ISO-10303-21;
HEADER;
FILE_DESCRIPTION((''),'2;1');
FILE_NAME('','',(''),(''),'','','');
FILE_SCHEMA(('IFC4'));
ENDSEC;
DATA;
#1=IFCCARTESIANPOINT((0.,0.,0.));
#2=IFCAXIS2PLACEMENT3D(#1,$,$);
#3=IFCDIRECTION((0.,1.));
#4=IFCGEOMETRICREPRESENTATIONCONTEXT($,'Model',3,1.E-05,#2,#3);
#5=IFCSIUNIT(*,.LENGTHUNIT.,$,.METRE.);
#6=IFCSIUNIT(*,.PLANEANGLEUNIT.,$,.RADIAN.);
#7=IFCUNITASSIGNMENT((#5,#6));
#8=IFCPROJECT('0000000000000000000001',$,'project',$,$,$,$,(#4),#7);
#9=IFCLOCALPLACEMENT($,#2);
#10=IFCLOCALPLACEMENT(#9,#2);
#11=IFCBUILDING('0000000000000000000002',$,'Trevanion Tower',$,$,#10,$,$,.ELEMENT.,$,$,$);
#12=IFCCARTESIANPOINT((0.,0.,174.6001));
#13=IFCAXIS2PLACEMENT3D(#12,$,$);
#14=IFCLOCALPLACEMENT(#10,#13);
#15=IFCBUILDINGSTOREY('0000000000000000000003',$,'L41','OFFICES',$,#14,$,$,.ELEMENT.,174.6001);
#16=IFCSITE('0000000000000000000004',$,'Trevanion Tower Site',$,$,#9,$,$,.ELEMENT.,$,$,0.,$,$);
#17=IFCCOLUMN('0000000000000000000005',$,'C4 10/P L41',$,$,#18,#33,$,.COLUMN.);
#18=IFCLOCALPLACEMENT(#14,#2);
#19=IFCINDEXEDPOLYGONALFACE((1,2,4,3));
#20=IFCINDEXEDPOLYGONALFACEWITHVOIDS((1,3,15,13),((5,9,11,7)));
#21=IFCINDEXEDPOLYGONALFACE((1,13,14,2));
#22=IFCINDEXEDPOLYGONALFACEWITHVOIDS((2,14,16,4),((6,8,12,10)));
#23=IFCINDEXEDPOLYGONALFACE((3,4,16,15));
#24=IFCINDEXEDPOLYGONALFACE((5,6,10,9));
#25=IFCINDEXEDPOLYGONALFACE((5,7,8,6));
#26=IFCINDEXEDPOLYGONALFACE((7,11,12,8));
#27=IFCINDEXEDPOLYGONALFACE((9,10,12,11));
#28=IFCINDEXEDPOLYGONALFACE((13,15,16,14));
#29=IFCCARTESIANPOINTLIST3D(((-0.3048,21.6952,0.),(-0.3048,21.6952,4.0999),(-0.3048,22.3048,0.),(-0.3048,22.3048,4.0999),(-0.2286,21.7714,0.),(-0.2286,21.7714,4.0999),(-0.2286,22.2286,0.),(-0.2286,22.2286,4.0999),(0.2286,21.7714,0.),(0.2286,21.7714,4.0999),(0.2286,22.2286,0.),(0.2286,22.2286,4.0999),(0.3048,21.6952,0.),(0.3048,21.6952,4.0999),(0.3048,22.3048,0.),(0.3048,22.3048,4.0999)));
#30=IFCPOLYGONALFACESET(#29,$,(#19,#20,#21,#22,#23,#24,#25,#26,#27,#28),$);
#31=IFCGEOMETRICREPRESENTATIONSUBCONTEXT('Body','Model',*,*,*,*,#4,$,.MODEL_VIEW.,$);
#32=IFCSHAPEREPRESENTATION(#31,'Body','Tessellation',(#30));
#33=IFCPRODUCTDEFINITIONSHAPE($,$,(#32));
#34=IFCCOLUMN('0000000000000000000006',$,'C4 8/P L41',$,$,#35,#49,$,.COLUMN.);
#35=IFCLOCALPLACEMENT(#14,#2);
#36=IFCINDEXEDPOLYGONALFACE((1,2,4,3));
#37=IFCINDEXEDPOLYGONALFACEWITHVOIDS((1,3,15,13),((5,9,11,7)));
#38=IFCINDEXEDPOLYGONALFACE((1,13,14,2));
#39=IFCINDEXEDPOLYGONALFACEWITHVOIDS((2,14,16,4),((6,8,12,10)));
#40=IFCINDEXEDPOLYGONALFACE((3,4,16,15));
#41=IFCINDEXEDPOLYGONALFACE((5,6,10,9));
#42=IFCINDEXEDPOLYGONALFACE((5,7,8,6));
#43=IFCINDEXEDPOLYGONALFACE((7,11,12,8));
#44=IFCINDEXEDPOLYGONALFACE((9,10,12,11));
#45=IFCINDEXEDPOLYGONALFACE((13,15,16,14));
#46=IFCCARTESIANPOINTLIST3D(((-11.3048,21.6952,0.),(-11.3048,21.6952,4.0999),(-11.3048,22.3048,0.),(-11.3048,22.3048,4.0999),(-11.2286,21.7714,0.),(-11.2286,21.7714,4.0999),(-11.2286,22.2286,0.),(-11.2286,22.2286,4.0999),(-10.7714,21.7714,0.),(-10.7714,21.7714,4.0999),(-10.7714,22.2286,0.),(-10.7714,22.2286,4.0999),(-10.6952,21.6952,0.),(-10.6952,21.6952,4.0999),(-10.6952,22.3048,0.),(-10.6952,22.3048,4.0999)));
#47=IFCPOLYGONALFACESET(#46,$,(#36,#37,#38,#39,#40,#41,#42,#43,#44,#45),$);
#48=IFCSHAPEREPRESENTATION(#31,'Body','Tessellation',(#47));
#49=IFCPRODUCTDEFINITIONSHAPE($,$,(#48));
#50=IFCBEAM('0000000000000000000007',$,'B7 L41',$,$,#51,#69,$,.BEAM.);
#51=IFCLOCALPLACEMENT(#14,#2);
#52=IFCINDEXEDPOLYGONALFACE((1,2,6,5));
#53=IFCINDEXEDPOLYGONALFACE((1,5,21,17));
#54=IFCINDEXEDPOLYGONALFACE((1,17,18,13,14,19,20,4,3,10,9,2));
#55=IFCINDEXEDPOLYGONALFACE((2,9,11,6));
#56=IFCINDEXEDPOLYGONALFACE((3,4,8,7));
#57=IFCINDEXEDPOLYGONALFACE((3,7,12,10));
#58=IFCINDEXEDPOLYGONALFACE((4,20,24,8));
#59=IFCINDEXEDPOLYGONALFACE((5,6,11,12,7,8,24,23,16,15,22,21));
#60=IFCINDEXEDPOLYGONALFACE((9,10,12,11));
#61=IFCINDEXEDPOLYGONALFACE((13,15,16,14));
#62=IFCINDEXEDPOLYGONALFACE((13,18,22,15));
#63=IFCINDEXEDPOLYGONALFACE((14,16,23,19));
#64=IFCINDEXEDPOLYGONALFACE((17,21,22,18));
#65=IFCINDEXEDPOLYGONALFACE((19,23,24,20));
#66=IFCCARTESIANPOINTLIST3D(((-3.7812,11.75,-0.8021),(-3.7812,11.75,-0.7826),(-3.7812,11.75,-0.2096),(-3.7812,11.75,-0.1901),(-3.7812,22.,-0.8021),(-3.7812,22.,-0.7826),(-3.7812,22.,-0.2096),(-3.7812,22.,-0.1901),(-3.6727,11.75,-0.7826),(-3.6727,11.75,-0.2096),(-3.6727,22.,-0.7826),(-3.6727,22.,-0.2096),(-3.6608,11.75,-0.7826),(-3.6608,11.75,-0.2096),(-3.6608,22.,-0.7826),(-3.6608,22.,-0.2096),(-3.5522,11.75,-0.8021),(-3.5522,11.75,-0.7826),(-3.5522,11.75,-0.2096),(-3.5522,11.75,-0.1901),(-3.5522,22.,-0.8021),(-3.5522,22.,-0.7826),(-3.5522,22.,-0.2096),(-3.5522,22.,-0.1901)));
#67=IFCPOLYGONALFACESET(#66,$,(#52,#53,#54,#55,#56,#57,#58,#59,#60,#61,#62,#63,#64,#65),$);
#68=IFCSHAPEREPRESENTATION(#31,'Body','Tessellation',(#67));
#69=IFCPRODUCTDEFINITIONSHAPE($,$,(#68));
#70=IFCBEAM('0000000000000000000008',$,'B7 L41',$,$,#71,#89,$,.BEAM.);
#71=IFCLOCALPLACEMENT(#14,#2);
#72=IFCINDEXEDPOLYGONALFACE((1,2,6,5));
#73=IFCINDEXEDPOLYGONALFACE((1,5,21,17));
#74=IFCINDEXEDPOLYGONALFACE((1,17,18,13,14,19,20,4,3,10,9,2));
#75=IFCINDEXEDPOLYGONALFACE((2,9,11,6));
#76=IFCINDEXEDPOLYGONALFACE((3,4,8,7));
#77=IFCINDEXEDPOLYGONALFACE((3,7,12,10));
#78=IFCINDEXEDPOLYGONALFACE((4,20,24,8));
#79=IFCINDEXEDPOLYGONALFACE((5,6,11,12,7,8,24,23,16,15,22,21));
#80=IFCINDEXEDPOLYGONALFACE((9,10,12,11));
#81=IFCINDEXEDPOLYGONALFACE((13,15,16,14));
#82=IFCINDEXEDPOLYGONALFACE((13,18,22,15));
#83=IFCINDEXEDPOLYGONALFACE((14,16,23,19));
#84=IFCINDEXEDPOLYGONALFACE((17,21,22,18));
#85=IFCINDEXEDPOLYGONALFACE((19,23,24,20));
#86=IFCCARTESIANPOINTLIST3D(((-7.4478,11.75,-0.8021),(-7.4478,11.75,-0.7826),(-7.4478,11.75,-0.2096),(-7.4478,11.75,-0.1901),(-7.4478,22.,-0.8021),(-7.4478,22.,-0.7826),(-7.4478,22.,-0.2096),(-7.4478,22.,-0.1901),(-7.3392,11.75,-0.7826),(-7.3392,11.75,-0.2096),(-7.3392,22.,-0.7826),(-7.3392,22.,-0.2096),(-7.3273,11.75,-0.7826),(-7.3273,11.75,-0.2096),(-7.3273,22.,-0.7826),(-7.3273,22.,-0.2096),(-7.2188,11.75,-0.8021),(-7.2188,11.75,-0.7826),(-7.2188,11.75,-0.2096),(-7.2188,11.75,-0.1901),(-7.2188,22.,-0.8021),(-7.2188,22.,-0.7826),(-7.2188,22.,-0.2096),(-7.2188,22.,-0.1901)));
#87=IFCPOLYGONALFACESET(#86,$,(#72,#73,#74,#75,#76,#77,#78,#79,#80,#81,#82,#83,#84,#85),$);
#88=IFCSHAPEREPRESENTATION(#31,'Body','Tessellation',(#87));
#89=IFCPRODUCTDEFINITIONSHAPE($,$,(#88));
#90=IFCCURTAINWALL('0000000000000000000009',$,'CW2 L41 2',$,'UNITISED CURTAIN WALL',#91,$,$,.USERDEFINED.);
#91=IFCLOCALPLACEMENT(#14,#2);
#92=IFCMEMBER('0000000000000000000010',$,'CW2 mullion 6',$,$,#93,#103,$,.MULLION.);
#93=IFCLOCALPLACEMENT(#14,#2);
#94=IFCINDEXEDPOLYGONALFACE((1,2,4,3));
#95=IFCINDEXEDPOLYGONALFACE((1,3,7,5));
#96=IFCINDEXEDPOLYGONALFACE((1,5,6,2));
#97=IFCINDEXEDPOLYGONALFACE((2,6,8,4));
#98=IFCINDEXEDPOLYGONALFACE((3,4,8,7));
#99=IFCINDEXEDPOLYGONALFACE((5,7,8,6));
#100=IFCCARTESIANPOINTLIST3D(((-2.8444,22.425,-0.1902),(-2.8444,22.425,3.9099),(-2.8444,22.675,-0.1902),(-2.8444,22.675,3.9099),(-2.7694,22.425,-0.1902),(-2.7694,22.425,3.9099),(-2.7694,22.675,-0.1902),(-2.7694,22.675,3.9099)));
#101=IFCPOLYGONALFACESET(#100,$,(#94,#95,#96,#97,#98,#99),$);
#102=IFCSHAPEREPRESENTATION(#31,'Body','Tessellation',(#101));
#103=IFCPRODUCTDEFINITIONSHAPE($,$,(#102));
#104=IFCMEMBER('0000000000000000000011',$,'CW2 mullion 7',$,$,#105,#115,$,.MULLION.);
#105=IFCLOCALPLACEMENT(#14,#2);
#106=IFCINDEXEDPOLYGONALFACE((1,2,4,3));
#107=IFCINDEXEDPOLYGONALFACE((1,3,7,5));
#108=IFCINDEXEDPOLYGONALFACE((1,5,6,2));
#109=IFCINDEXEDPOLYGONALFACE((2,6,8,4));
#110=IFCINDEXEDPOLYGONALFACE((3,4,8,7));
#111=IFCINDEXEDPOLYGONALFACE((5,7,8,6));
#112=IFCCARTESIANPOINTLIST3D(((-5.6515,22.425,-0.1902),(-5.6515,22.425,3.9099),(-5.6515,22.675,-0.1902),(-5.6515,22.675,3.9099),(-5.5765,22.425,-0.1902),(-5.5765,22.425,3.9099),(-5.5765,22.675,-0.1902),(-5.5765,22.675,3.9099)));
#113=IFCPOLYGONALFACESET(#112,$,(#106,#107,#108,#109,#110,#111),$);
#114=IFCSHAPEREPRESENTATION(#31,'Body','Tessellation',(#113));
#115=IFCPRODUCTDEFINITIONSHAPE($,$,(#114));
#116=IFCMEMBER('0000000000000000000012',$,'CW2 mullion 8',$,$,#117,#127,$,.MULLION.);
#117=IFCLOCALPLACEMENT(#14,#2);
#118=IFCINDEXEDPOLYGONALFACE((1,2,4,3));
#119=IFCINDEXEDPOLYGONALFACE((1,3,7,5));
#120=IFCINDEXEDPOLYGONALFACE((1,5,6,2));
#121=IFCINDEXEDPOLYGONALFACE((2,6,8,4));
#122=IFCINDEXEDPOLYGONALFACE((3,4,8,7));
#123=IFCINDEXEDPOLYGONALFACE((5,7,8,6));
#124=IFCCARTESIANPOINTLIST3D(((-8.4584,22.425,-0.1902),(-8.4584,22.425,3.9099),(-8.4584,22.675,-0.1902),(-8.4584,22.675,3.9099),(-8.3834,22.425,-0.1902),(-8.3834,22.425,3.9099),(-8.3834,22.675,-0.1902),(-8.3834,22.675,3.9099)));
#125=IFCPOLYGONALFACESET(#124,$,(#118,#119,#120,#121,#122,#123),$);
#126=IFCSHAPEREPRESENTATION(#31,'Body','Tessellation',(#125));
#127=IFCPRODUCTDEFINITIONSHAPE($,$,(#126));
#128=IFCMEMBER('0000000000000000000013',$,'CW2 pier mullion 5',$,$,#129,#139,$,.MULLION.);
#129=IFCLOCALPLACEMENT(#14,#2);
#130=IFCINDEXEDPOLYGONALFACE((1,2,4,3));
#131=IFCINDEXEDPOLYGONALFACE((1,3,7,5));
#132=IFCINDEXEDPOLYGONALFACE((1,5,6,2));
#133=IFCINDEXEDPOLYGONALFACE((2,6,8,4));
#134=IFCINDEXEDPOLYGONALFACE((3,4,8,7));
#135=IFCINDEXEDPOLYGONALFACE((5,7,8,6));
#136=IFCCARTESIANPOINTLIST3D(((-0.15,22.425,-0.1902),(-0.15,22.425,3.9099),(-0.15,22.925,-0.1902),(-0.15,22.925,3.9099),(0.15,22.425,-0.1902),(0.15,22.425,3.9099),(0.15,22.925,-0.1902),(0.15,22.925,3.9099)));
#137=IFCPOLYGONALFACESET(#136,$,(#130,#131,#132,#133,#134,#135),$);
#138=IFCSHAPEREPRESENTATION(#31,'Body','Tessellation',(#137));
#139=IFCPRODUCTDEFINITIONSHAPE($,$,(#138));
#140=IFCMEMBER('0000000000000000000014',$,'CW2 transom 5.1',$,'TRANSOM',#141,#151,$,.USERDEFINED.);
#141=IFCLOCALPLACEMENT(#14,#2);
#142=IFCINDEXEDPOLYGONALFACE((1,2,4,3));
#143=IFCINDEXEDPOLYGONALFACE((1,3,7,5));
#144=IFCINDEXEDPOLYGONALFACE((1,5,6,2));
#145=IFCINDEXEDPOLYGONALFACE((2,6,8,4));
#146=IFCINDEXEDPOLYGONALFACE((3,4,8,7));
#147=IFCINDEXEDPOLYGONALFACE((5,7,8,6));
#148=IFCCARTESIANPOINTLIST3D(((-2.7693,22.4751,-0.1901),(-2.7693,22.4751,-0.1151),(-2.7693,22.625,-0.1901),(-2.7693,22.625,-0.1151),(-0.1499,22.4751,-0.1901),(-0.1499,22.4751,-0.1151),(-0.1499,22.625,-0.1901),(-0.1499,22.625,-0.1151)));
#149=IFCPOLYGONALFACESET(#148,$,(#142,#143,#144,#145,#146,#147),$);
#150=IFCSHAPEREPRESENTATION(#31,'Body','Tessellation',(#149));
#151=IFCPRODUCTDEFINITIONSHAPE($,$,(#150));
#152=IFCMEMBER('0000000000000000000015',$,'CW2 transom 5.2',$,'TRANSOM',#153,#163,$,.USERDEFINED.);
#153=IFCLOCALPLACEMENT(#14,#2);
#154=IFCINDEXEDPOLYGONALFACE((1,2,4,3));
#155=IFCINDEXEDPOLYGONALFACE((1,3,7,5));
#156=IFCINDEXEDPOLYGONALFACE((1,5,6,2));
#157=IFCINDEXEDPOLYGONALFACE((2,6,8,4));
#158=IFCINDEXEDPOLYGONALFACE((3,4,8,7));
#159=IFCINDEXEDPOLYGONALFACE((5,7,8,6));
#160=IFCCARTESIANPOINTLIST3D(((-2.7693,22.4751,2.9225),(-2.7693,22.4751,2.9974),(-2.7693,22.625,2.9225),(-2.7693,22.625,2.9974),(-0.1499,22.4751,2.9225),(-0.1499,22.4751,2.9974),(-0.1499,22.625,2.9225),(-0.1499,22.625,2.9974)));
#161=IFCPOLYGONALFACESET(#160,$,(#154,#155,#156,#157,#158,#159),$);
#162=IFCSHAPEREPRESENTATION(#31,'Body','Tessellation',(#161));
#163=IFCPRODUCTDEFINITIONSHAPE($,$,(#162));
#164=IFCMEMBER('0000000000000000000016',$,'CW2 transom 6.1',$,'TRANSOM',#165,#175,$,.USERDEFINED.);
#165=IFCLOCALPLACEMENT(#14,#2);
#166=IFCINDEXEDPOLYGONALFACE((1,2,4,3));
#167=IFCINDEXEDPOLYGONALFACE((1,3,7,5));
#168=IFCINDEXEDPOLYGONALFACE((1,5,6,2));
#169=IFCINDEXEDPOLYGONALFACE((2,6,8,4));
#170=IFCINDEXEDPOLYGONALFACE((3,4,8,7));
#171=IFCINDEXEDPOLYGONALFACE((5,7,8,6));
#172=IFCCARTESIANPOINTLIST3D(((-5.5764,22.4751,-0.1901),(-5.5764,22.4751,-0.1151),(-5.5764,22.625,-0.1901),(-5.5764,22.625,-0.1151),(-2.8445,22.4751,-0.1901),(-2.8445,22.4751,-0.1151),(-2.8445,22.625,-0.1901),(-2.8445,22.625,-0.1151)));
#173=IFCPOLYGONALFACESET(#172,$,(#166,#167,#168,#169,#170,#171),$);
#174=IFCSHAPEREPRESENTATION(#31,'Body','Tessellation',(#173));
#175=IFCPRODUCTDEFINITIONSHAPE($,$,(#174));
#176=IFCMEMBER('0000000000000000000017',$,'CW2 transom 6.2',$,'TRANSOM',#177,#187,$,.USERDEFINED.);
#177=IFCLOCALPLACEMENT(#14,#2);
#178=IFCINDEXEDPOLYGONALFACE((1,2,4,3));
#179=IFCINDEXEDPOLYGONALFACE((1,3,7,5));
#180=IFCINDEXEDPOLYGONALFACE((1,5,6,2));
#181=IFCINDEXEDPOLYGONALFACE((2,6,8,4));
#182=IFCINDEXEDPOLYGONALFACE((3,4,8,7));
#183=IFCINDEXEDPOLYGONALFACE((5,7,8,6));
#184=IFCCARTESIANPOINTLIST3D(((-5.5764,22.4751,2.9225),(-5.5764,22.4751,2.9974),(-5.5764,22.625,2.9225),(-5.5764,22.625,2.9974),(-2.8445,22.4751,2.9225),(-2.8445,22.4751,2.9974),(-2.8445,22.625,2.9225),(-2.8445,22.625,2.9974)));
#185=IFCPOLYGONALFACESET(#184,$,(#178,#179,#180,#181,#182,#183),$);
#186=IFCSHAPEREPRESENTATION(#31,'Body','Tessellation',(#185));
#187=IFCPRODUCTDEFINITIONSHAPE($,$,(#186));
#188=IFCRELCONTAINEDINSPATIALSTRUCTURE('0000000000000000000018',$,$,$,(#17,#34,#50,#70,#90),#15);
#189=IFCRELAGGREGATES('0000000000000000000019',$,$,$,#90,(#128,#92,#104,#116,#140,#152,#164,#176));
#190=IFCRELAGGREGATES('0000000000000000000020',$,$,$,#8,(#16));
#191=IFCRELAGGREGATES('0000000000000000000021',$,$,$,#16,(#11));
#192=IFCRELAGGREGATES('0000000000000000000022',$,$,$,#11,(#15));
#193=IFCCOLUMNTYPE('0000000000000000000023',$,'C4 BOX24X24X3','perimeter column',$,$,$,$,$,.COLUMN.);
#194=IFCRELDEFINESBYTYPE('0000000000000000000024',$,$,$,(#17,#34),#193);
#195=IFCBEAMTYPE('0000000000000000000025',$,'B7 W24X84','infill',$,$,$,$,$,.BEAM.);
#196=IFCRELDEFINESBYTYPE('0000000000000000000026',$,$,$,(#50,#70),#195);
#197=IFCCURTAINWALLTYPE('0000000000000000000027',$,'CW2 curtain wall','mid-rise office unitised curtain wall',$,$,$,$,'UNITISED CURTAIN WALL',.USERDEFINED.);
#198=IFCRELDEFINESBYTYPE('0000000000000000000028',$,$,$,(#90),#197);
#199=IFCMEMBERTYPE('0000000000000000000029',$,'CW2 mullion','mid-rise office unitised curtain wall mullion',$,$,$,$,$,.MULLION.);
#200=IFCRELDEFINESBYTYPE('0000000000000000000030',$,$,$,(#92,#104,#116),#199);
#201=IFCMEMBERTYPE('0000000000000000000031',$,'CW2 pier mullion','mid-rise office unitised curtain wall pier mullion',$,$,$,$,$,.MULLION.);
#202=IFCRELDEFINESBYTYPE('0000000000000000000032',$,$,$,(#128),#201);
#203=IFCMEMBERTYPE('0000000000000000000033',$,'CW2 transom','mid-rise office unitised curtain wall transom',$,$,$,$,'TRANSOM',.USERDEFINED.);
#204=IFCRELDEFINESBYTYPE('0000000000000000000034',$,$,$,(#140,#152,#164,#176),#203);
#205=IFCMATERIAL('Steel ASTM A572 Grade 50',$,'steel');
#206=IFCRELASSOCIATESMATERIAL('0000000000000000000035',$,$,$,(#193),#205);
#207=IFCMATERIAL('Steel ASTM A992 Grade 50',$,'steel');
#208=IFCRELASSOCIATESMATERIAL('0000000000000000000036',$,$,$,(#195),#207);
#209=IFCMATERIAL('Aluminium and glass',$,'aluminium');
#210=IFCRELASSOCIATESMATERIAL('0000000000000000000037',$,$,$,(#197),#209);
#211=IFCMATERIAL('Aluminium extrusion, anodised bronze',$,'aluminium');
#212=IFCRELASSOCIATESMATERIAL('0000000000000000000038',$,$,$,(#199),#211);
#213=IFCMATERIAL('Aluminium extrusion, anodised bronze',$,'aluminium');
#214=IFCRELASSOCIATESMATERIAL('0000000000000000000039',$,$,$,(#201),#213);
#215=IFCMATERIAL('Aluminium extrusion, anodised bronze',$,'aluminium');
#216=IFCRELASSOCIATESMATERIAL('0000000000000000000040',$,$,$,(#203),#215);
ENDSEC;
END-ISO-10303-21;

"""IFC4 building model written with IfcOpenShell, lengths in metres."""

from ifc_helpers import new_model, si_unit, direction, frame, origin, origin_2d, place, context, subcontext, project, spatial, rectangle, hollow_rectangle, i_section, extrude, material, material_profile, profile_set, type_object, element, aggregate, save


model = new_model("IFC4")

# Units and contexts
model_context = context("Model", 3, precision=1e-05, world=origin(), true_north=direction((0.0, 1.0)))
body_context = subcontext(model_context, "Body", "Model", "MODEL_VIEW")
ifc_project = project(units=[si_unit("LENGTHUNIT", "METRE"), si_unit("PLANEANGLEUNIT", "RADIAN")], contexts=[model_context])

# Site, building, storey
site_placement = place(None, origin())
site = spatial("IfcSite", under=ifc_project, at=site_placement, Name="Trevanion Tower Site", CompositionType="ELEMENT", RefElevation=0.0)
building_placement = place(site_placement, origin())
building = spatial("IfcBuilding", under=site, at=building_placement, Name="Trevanion Tower", CompositionType="ELEMENT")
storey_placement = place(building_placement, frame((0.0, 0.0, 174.6001)))
storey = spatial("IfcBuildingStorey", under=building, at=storey_placement, Name="L41", Description="OFFICES", CompositionType="ELEMENT", Elevation=174.6001)

# Columns
ifc_material_1 = material(Name="Steel ASTM A572 Grade 50", Category="steel")
ifc_material_profile_1 = material_profile(ifc_material_1, hollow_rectangle(XDim=0.6096, YDim=0.6096, WallThickness=0.0762, at=origin_2d()), Name="BOX24X24X3")
ifc_profile_set_1 = profile_set([ifc_material_profile_1], Name="Steel ASTM A572 Grade 50")
column_type = type_object("IfcColumnType", Name="C4 BOX24X24X3", Description="perimeter column", PredefinedType="COLUMN", material=ifc_profile_set_1)
for number, where, z_axis, x_axis, name in (
    (1, (0.0, 22.0, 0.0), (0.0, 0.0, 1.0), (1.0, 0.0, 0.0), "C4 10/P L41"),
    (2, (-11.0, 22.0, 0.0), (0.0, 0.0, 1.0), (1.0, 0.0, 0.0), "C4 8/P L41"),
):
    element("IfcColumn", number, at=place(storey_placement, frame(where, z_axis=z_axis, x_axis=x_axis)), inside=storey, type_object=column_type, Name=name, PredefinedType="COLUMN", context=body_context, shape_type="SweptSolid", body=[
        extrude(hollow_rectangle(XDim=0.6096, YDim=0.6096, WallThickness=0.0762, at=origin_2d()), origin(), (0.0, 0.0, 1.0), 4.0999),
    ])

# Beams
ifc_material_2 = material(Name="Steel ASTM A992 Grade 50", Category="steel")
ifc_material_profile_2 = material_profile(ifc_material_2, i_section(OverallWidth=0.229, OverallDepth=0.6121, WebThickness=0.012, FlangeThickness=0.0195, at=origin_2d()), Name="W24X84")
ifc_profile_set_2 = profile_set([ifc_material_profile_2], Name="Steel ASTM A992 Grade 50")
beam_type_1 = type_object("IfcBeamType", Name="B7 W24X84", Description="infill", PredefinedType="BEAM", material=ifc_profile_set_2)
for number, where, z_axis, x_axis, name in (
    (3, (-3.6667, 11.75, -0.4961), (0.0, 1.0, 0.0), (-1.0, 0.0, 0.0), "B7 L41"),
    (4, (-7.3333, 11.75, -0.4961), (0.0, 1.0, 0.0), (-1.0, 0.0, 0.0), "B7 L41"),
):
    element("IfcBeam", number, at=place(storey_placement, frame(where, z_axis=z_axis, x_axis=x_axis)), inside=storey, type_object=beam_type_1, Name=name, PredefinedType="BEAM", context=body_context, shape_type="SweptSolid", body=[
        extrude(i_section(OverallWidth=0.229, OverallDepth=0.6121, WebThickness=0.012, FlangeThickness=0.0195, at=origin_2d()), origin(), (0.0, 0.0, 1.0), 10.25),
    ])

# Curtain wall, members
ifc_material_3 = material(Name="Aluminium and glass", Category="aluminium")
curtain_wall_type = type_object("IfcCurtainWallType", Name="CW2 curtain wall", Description="mid-rise office unitised curtain wall", ElementType="UNITISED CURTAIN WALL", PredefinedType="USERDEFINED", material=ifc_material_3)
curtain_wall_placement = place(storey_placement, origin())
curtain_wall = element("IfcCurtainWall", 5, at=curtain_wall_placement, inside=storey, type_object=curtain_wall_type, Name="CW2 L41 2", ObjectType="UNITISED CURTAIN WALL", PredefinedType="USERDEFINED")
ifc_material_4 = material(Name="Aluminium extrusion, anodised bronze", Category="aluminium")
ifc_material_profile_3 = material_profile(ifc_material_4, rectangle(XDim=0.075, YDim=0.25, at=origin_2d()), Name="CW2 mullion")
ifc_profile_set_3 = profile_set([ifc_material_profile_3], Name="Aluminium extrusion, anodised bronze")
member_type_1 = type_object("IfcMemberType", Name="CW2 mullion", Description="mid-rise office unitised curtain wall mullion", PredefinedType="MULLION", material=ifc_profile_set_3)
member_1_placement = place(storey_placement, frame((-2.8069, 22.55, -0.1902), z_axis=(0.0, 0.0, 1.0), x_axis=(-1.0, 0.0, 0.0)))
member_1 = element("IfcMember", 6, at=member_1_placement, type_object=member_type_1, Name="CW2 mullion 6", PredefinedType="MULLION", context=body_context, shape_type="SweptSolid", body=[
    extrude(rectangle(XDim=0.075, YDim=0.25, at=origin_2d()), origin(), (0.0, 0.0, 1.0), 4.1001),
])
member_2_placement = place(storey_placement, frame((-5.614, 22.55, -0.1902), z_axis=(0.0, 0.0, 1.0), x_axis=(-1.0, 0.0, 0.0)))
member_2 = element("IfcMember", 7, at=member_2_placement, type_object=member_type_1, Name="CW2 mullion 7", PredefinedType="MULLION", context=body_context, shape_type="SweptSolid", body=[
    extrude(rectangle(XDim=0.075, YDim=0.25, at=origin_2d()), origin(), (0.0, 0.0, 1.0), 4.1001),
])
member_3_placement = place(storey_placement, frame((-8.4209, 22.55, -0.1902), z_axis=(0.0, 0.0, 1.0), x_axis=(-1.0, 0.0, 0.0)))
member_3 = element("IfcMember", 8, at=member_3_placement, type_object=member_type_1, Name="CW2 mullion 8", PredefinedType="MULLION", context=body_context, shape_type="SweptSolid", body=[
    extrude(rectangle(XDim=0.075, YDim=0.25, at=origin_2d()), origin(), (0.0, 0.0, 1.0), 4.1001),
])
ifc_material_5 = material(Name="Aluminium extrusion, anodised bronze", Category="aluminium")
ifc_material_profile_4 = material_profile(ifc_material_5, rectangle(XDim=0.3, YDim=0.5, at=origin_2d()), Name="CW2 pier mullion")
ifc_profile_set_4 = profile_set([ifc_material_profile_4], Name="Aluminium extrusion, anodised bronze")
member_type_2 = type_object("IfcMemberType", Name="CW2 pier mullion", Description="mid-rise office unitised curtain wall pier mullion", PredefinedType="MULLION", material=ifc_profile_set_4)
member_4_placement = place(storey_placement, frame((0.0, 22.675, -0.1902), z_axis=(0.0, 0.0, 1.0), x_axis=(-1.0, 0.0, 0.0)))
member_4 = element("IfcMember", 9, at=member_4_placement, type_object=member_type_2, Name="CW2 pier mullion 5", PredefinedType="MULLION", context=body_context, shape_type="SweptSolid", body=[
    extrude(rectangle(XDim=0.3, YDim=0.5, at=origin_2d()), origin(), (0.0, 0.0, 1.0), 4.1001),
])
ifc_material_6 = material(Name="Aluminium extrusion, anodised bronze", Category="aluminium")
ifc_material_profile_5 = material_profile(ifc_material_6, rectangle(XDim=0.1499, YDim=0.075, at=origin_2d()), Name="CW2 transom")
ifc_profile_set_5 = profile_set([ifc_material_profile_5], Name="Aluminium extrusion, anodised bronze")
member_type_3 = type_object("IfcMemberType", Name="CW2 transom", Description="mid-rise office unitised curtain wall transom", ElementType="TRANSOM", PredefinedType="USERDEFINED", material=ifc_profile_set_5)
member_5_placement = place(storey_placement, frame((-0.1499, 22.55, -0.1526), z_axis=(-1.0, 0.0, 0.0), x_axis=(0.0, -1.0, 0.0)))
member_5 = element("IfcMember", 10, at=member_5_placement, type_object=member_type_3, Name="CW2 transom 5.1", ObjectType="TRANSOM", PredefinedType="USERDEFINED", context=body_context, shape_type="SweptSolid", body=[
    extrude(rectangle(XDim=0.1499, YDim=0.075, at=origin_2d()), origin(), (0.0, 0.0, 1.0), 2.6194),
])
member_6_placement = place(storey_placement, frame((-0.1499, 22.55, 2.96), z_axis=(-1.0, 0.0, 0.0), x_axis=(0.0, -1.0, 0.0)))
member_6 = element("IfcMember", 11, at=member_6_placement, type_object=member_type_3, Name="CW2 transom 5.2", ObjectType="TRANSOM", PredefinedType="USERDEFINED", context=body_context, shape_type="SweptSolid", body=[
    extrude(rectangle(XDim=0.1499, YDim=0.075, at=origin_2d()), origin(), (0.0, 0.0, 1.0), 2.6194),
])
member_7_placement = place(storey_placement, frame((-2.8445, 22.55, -0.1526), z_axis=(-1.0, 0.0, 0.0), x_axis=(0.0, -1.0, 0.0)))
member_7 = element("IfcMember", 12, at=member_7_placement, type_object=member_type_3, Name="CW2 transom 6.1", ObjectType="TRANSOM", PredefinedType="USERDEFINED", context=body_context, shape_type="SweptSolid", body=[
    extrude(rectangle(XDim=0.1499, YDim=0.075, at=origin_2d()), origin(), (0.0, 0.0, 1.0), 2.7319),
])
member_8_placement = place(storey_placement, frame((-2.8445, 22.55, 2.96), z_axis=(-1.0, 0.0, 0.0), x_axis=(0.0, -1.0, 0.0)))
member_8 = element("IfcMember", 13, at=member_8_placement, type_object=member_type_3, Name="CW2 transom 6.2", ObjectType="TRANSOM", PredefinedType="USERDEFINED", context=body_context, shape_type="SweptSolid", body=[
    extrude(rectangle(XDim=0.1499, YDim=0.075, at=origin_2d()), origin(), (0.0, 0.0, 1.0), 2.7319),
])

aggregate(curtain_wall, [member_4, member_1, member_2, member_3, member_5, member_6, member_7, member_8])

save(model, "model.ifc")
